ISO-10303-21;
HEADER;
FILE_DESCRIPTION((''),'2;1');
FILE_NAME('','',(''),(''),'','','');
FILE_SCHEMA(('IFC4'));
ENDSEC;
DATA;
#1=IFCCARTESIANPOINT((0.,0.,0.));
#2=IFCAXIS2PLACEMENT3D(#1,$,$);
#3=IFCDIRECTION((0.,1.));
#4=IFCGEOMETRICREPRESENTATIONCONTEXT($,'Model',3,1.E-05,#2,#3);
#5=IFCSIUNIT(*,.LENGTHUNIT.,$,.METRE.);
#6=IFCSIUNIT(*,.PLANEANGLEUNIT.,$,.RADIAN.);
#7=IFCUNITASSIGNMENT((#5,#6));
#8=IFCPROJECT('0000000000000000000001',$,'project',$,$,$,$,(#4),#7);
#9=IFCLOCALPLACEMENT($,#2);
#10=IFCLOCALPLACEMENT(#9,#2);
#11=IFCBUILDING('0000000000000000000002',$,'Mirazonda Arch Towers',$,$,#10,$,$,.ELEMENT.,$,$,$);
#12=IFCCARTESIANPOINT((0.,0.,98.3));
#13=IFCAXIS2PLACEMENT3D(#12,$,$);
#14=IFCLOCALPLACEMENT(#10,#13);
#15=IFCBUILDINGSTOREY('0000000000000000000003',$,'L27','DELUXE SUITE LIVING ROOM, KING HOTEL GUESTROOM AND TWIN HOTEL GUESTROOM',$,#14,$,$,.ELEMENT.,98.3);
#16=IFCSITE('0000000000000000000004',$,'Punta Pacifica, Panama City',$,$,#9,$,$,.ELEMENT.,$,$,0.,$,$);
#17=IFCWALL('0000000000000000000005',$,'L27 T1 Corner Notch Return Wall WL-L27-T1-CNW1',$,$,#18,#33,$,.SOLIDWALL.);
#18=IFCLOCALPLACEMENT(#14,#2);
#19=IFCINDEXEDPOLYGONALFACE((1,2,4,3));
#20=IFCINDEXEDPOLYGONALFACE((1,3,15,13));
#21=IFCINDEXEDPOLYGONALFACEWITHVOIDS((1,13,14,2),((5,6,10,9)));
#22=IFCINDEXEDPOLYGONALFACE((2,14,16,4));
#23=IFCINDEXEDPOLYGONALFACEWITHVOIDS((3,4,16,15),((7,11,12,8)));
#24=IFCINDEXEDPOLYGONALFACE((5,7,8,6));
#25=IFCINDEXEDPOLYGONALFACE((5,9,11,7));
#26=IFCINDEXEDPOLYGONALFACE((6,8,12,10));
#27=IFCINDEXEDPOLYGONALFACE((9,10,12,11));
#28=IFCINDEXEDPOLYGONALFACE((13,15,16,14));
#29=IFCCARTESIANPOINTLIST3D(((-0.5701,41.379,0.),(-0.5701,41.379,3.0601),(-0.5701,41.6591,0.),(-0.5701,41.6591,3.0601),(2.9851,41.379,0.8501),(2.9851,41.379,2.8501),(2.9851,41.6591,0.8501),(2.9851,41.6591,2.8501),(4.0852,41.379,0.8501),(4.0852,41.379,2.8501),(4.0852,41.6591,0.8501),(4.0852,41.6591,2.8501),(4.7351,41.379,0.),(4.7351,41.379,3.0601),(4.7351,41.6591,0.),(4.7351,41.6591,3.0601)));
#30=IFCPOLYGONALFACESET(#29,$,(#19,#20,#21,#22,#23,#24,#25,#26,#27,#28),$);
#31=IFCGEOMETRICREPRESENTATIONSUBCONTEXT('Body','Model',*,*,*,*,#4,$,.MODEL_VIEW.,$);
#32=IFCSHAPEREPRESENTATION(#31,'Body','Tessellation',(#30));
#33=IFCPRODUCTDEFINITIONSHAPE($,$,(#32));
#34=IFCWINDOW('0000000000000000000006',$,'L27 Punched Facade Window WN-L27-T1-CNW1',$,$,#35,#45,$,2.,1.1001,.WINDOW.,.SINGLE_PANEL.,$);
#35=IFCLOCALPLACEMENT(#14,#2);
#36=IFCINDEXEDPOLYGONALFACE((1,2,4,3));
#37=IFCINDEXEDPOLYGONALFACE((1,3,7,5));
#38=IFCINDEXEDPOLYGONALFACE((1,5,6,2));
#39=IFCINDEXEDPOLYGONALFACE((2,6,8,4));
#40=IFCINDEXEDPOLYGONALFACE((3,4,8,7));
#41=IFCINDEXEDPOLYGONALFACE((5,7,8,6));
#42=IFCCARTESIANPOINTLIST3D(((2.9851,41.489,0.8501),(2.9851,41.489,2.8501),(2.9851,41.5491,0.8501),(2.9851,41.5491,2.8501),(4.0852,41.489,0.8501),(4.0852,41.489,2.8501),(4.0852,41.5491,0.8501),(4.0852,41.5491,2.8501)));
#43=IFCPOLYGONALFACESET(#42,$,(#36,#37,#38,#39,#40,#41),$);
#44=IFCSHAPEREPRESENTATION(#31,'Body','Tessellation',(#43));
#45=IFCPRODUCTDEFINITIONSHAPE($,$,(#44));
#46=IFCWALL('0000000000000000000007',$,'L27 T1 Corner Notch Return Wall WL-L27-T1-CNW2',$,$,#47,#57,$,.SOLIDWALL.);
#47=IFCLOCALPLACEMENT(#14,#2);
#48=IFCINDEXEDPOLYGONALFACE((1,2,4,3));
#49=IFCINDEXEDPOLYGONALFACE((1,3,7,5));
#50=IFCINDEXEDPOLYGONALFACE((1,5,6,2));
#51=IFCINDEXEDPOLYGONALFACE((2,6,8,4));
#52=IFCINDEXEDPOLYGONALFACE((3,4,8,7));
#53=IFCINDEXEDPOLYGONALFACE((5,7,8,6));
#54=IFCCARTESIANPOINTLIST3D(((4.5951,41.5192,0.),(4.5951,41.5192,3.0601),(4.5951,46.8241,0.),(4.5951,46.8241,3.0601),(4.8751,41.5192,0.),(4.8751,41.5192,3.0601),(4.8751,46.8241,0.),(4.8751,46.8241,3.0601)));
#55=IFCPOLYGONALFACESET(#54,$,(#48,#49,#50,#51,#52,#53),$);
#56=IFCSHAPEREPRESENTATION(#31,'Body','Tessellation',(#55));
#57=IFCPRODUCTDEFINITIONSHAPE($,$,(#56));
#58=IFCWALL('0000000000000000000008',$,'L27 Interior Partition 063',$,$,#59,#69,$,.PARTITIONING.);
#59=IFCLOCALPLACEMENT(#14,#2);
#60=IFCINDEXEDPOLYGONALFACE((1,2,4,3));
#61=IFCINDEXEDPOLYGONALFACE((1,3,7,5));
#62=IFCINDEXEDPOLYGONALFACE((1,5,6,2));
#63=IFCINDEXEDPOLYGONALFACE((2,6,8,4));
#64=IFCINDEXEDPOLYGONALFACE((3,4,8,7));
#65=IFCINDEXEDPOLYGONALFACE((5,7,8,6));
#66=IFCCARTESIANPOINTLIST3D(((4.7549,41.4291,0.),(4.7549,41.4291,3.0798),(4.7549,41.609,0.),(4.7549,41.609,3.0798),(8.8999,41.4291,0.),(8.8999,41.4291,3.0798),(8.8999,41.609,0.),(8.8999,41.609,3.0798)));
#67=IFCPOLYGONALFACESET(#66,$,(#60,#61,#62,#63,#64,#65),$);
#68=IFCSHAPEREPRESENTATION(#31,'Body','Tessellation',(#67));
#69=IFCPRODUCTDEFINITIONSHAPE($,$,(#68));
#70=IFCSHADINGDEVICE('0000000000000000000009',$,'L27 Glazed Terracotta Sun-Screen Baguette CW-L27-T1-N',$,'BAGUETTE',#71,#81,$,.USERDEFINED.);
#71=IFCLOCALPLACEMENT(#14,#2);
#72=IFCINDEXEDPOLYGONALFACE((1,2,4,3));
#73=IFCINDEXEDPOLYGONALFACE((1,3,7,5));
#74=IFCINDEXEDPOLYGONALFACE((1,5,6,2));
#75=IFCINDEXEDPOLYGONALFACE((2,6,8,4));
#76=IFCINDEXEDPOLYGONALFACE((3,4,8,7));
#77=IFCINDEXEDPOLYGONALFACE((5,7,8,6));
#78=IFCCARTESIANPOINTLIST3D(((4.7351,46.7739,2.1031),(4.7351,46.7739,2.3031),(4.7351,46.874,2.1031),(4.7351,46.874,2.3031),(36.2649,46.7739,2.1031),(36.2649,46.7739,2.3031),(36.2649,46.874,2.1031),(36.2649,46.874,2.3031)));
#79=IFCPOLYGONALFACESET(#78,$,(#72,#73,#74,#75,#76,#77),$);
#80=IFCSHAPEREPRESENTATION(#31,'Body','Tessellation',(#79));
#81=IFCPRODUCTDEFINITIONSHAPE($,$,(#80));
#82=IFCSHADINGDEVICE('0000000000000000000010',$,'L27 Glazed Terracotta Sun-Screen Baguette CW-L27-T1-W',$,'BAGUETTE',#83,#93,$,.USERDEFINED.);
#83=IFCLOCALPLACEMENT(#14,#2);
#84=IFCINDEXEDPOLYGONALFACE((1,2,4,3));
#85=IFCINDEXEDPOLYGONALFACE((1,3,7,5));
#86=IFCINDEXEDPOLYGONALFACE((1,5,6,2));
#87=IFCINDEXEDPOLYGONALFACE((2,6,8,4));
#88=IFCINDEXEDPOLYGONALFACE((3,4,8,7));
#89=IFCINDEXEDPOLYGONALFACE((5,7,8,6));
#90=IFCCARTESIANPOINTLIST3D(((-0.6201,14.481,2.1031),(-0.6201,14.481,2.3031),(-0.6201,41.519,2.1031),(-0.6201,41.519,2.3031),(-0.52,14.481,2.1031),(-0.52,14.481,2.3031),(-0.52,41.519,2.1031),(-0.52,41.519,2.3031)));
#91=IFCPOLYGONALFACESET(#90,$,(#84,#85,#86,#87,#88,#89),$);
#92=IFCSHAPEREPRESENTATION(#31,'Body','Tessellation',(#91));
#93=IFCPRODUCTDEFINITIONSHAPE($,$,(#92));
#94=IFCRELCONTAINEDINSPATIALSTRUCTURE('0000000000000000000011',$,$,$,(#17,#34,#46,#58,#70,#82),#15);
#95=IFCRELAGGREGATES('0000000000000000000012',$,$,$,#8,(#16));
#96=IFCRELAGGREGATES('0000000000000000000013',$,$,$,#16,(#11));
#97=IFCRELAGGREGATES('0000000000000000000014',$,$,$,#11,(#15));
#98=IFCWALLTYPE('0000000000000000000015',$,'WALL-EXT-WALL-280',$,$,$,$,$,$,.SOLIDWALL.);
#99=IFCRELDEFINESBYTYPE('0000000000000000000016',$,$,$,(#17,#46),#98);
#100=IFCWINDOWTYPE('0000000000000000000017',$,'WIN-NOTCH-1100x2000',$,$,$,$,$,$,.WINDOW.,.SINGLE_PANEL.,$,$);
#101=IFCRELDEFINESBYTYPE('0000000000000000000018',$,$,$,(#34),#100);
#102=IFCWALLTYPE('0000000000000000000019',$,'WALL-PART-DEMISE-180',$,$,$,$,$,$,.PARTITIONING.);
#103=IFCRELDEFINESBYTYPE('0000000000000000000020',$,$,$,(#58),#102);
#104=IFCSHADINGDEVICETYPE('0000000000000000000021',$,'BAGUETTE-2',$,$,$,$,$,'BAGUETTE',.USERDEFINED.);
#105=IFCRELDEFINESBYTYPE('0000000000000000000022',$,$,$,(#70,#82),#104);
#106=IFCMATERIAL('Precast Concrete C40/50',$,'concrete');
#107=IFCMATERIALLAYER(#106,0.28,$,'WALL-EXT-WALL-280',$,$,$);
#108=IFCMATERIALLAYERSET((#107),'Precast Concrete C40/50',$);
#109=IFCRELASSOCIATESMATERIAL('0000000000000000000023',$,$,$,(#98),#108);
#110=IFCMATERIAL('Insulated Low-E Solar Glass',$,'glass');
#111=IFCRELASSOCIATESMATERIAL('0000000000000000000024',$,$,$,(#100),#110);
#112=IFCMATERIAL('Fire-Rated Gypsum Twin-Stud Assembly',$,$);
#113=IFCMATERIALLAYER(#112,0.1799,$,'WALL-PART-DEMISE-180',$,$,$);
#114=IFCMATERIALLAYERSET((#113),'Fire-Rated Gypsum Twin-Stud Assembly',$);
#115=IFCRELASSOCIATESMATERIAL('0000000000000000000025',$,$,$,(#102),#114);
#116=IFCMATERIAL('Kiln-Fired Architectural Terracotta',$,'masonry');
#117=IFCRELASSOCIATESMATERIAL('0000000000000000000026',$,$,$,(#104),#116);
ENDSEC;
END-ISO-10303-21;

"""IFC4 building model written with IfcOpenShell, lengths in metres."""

from ifc_helpers import new_model, si_unit, direction, frame, frame_2d, origin, origin_2d, place, context, subcontext, project, spatial, rectangle, extrude, material, layer, layer_set, material_profile, profile_set, type_object, element, fill, save


model = new_model("IFC4")

# Units and contexts
model_context = context("Model", 3, precision=1e-05, world=origin(), true_north=direction((0.0, 1.0)))
body_context = subcontext(model_context, "Body", "Model", "MODEL_VIEW")
ifc_project = project(units=[si_unit("LENGTHUNIT", "METRE"), si_unit("PLANEANGLEUNIT", "RADIAN")], contexts=[model_context])

# Site, building, storey
site_placement = place(None, origin())
site = spatial("IfcSite", under=ifc_project, at=site_placement, Name="Punta Pacifica, Panama City", CompositionType="ELEMENT", RefElevation=0.0)
building_placement = place(site_placement, origin())
building = spatial("IfcBuilding", under=site, at=building_placement, Name="Mirazonda Arch Towers", CompositionType="ELEMENT")
storey_placement = place(building_placement, frame((0.0, 0.0, 98.3)))
storey = spatial("IfcBuildingStorey", under=building, at=storey_placement, Name="L27", Description="DELUXE SUITE LIVING ROOM, KING HOTEL GUESTROOM AND TWIN HOTEL GUESTROOM", CompositionType="ELEMENT", Elevation=98.3)

# Shared definitions
ifc_material_1 = material(Name="Insulated Low-E Solar Glass", Category="glass")

# Wall, opening, window
ifc_material_2 = material(Name="Precast Concrete C40/50", Category="concrete")
ifc_layer_1 = layer(ifc_material_2, 0.28, Name="WALL-EXT-WALL-280")
ifc_layer_set_1 = layer_set([ifc_layer_1], Name="Precast Concrete C40/50")
wall_type_1 = type_object("IfcWallType", Name="WALL-EXT-WALL-280", PredefinedType="SOLIDWALL", material=ifc_layer_set_1)
wall_1_placement = place(storey_placement, frame((4.7351, 41.519, 0.0), z_axis=(0.0, 0.0, 1.0), x_axis=(-1.0, 0.0, 0.0)))
wall_1 = element("IfcWall", 1, at=wall_1_placement, inside=storey, type_object=wall_type_1, Name="L27 T1 Corner Notch Return Wall WL-L27-T1-CNW1", PredefinedType="SOLIDWALL", context=body_context, shape_type="SweptSolid", body=[
    extrude(rectangle(XDim=5.3052, YDim=0.28, at=frame_2d((2.6526, 0.0))), origin(), (0.0, 0.0, 1.0), 3.0601),
])
opening_placement = place(wall_1_placement, frame((0.6499, 0.0, 0.8501)))
opening = element("IfcOpeningElement", 2, at=opening_placement, cuts=wall_1, PredefinedType="OPENING", context=body_context, shape_type="SweptSolid", body=[
    extrude(rectangle(XDim=1.1001, YDim=2.0, at=frame_2d((0.55, 1.0))), frame((0.0, 0.1499, 0.0), z_axis=(0.0, -1.0, 0.0), x_axis=(1.0, 0.0, 0.0)), (0.0, 0.0, 1.0), 0.3),
])
window_type = type_object("IfcWindowType", Name="WIN-NOTCH-1100x2000", PartitioningType="SINGLE_PANEL", PredefinedType="WINDOW", material=ifc_material_1)
window_placement = place(opening_placement, origin())
window = element("IfcWindow", 3, at=window_placement, inside=storey, type_object=window_type, Name="L27 Punched Facade Window WN-L27-T1-CNW1", OverallHeight=2.0, OverallWidth=1.1001, PartitioningType="SINGLE_PANEL", PredefinedType="WINDOW", context=body_context, shape_type="SweptSolid", body=[
    extrude(rectangle(XDim=1.1001, YDim=2.0, at=frame_2d((0.55, 1.0))), frame((0.0, 0.03, 0.0), z_axis=(0.0, -1.0, 0.0), x_axis=(1.0, 0.0, 0.0)), (0.0, 0.0, 1.0), 0.0601),
])
fill(opening, window)

# Walls
wall_2_placement = place(storey_placement, frame((4.7351, 46.824, 0.0), z_axis=(0.0, 0.0, 1.0), x_axis=(0.0, -1.0, 0.0)))
element("IfcWall", 4, at=wall_2_placement, inside=storey, type_object=wall_type_1, Name="L27 T1 Corner Notch Return Wall WL-L27-T1-CNW2", PredefinedType="SOLIDWALL", context=body_context, shape_type="SweptSolid", body=[
    extrude(rectangle(XDim=5.3049, YDim=0.28, at=frame_2d((2.6523, 0.0))), origin(), (0.0, 0.0, 1.0), 3.0601),
])
ifc_material_3 = material(Name="Fire-Rated Gypsum Twin-Stud Assembly")
ifc_layer_2 = layer(ifc_material_3, 0.1799, Name="WALL-PART-DEMISE-180")
ifc_layer_set_2 = layer_set([ifc_layer_2], Name="Fire-Rated Gypsum Twin-Stud Assembly")
wall_type_2 = type_object("IfcWallType", Name="WALL-PART-DEMISE-180", PredefinedType="PARTITIONING", material=ifc_layer_set_2)
wall_3_placement = place(storey_placement, frame((4.7549, 41.519, 0.0), z_axis=(0.0, 0.0, 1.0), x_axis=(1.0, 0.0, 0.0)))
element("IfcWall", 5, at=wall_3_placement, inside=storey, type_object=wall_type_2, Name="L27 Interior Partition 063", PredefinedType="PARTITIONING", context=body_context, shape_type="SweptSolid", body=[
    extrude(rectangle(XDim=4.145, YDim=0.1799, at=frame_2d((2.0725, 0.0))), origin(), (0.0, 0.0, 1.0), 3.0798),
])

# Shading devices
ifc_material_4 = material(Name="Kiln-Fired Architectural Terracotta", Category="masonry")
ifc_material_profile_1 = material_profile(ifc_material_4, rectangle(XDim=0.1001, YDim=0.2, at=origin_2d()), Name="TERRA-BAG-100x200")
ifc_profile_set_1 = profile_set([ifc_material_profile_1], Name="Kiln-Fired Architectural Terracotta")
shading_device_type = type_object("IfcShadingDeviceType", Name="BAGUETTE-2", ElementType="BAGUETTE", PredefinedType="USERDEFINED", material=ifc_profile_set_1)
shading_device_1_placement = place(storey_placement, frame((4.7351, 46.824, 2.2031), z_axis=(1.0, 0.0, 0.0), x_axis=(0.0, 1.0, 0.0)))
element("IfcShadingDevice", 6, at=shading_device_1_placement, inside=storey, type_object=shading_device_type, Name="L27 Glazed Terracotta Sun-Screen Baguette CW-L27-T1-N", ObjectType="BAGUETTE", PredefinedType="USERDEFINED", context=body_context, shape_type="SweptSolid", body=[
    extrude(rectangle(XDim=0.1001, YDim=0.2, at=origin_2d()), origin(), (0.0, 0.0, 1.0), 31.5298),
])
shading_device_2_placement = place(storey_placement, frame((-0.5701, 41.519, 2.2031), z_axis=(0.0, -1.0, 0.0), x_axis=(1.0, 0.0, 0.0)))
element("IfcShadingDevice", 7, at=shading_device_2_placement, inside=storey, type_object=shading_device_type, Name="L27 Glazed Terracotta Sun-Screen Baguette CW-L27-T1-W", ObjectType="BAGUETTE", PredefinedType="USERDEFINED", context=body_context, shape_type="SweptSolid", body=[
    extrude(rectangle(XDim=0.1001, YDim=0.2, at=origin_2d()), origin(), (0.0, 0.0, 1.0), 27.0381),
])

save(model, "model.ifc")
